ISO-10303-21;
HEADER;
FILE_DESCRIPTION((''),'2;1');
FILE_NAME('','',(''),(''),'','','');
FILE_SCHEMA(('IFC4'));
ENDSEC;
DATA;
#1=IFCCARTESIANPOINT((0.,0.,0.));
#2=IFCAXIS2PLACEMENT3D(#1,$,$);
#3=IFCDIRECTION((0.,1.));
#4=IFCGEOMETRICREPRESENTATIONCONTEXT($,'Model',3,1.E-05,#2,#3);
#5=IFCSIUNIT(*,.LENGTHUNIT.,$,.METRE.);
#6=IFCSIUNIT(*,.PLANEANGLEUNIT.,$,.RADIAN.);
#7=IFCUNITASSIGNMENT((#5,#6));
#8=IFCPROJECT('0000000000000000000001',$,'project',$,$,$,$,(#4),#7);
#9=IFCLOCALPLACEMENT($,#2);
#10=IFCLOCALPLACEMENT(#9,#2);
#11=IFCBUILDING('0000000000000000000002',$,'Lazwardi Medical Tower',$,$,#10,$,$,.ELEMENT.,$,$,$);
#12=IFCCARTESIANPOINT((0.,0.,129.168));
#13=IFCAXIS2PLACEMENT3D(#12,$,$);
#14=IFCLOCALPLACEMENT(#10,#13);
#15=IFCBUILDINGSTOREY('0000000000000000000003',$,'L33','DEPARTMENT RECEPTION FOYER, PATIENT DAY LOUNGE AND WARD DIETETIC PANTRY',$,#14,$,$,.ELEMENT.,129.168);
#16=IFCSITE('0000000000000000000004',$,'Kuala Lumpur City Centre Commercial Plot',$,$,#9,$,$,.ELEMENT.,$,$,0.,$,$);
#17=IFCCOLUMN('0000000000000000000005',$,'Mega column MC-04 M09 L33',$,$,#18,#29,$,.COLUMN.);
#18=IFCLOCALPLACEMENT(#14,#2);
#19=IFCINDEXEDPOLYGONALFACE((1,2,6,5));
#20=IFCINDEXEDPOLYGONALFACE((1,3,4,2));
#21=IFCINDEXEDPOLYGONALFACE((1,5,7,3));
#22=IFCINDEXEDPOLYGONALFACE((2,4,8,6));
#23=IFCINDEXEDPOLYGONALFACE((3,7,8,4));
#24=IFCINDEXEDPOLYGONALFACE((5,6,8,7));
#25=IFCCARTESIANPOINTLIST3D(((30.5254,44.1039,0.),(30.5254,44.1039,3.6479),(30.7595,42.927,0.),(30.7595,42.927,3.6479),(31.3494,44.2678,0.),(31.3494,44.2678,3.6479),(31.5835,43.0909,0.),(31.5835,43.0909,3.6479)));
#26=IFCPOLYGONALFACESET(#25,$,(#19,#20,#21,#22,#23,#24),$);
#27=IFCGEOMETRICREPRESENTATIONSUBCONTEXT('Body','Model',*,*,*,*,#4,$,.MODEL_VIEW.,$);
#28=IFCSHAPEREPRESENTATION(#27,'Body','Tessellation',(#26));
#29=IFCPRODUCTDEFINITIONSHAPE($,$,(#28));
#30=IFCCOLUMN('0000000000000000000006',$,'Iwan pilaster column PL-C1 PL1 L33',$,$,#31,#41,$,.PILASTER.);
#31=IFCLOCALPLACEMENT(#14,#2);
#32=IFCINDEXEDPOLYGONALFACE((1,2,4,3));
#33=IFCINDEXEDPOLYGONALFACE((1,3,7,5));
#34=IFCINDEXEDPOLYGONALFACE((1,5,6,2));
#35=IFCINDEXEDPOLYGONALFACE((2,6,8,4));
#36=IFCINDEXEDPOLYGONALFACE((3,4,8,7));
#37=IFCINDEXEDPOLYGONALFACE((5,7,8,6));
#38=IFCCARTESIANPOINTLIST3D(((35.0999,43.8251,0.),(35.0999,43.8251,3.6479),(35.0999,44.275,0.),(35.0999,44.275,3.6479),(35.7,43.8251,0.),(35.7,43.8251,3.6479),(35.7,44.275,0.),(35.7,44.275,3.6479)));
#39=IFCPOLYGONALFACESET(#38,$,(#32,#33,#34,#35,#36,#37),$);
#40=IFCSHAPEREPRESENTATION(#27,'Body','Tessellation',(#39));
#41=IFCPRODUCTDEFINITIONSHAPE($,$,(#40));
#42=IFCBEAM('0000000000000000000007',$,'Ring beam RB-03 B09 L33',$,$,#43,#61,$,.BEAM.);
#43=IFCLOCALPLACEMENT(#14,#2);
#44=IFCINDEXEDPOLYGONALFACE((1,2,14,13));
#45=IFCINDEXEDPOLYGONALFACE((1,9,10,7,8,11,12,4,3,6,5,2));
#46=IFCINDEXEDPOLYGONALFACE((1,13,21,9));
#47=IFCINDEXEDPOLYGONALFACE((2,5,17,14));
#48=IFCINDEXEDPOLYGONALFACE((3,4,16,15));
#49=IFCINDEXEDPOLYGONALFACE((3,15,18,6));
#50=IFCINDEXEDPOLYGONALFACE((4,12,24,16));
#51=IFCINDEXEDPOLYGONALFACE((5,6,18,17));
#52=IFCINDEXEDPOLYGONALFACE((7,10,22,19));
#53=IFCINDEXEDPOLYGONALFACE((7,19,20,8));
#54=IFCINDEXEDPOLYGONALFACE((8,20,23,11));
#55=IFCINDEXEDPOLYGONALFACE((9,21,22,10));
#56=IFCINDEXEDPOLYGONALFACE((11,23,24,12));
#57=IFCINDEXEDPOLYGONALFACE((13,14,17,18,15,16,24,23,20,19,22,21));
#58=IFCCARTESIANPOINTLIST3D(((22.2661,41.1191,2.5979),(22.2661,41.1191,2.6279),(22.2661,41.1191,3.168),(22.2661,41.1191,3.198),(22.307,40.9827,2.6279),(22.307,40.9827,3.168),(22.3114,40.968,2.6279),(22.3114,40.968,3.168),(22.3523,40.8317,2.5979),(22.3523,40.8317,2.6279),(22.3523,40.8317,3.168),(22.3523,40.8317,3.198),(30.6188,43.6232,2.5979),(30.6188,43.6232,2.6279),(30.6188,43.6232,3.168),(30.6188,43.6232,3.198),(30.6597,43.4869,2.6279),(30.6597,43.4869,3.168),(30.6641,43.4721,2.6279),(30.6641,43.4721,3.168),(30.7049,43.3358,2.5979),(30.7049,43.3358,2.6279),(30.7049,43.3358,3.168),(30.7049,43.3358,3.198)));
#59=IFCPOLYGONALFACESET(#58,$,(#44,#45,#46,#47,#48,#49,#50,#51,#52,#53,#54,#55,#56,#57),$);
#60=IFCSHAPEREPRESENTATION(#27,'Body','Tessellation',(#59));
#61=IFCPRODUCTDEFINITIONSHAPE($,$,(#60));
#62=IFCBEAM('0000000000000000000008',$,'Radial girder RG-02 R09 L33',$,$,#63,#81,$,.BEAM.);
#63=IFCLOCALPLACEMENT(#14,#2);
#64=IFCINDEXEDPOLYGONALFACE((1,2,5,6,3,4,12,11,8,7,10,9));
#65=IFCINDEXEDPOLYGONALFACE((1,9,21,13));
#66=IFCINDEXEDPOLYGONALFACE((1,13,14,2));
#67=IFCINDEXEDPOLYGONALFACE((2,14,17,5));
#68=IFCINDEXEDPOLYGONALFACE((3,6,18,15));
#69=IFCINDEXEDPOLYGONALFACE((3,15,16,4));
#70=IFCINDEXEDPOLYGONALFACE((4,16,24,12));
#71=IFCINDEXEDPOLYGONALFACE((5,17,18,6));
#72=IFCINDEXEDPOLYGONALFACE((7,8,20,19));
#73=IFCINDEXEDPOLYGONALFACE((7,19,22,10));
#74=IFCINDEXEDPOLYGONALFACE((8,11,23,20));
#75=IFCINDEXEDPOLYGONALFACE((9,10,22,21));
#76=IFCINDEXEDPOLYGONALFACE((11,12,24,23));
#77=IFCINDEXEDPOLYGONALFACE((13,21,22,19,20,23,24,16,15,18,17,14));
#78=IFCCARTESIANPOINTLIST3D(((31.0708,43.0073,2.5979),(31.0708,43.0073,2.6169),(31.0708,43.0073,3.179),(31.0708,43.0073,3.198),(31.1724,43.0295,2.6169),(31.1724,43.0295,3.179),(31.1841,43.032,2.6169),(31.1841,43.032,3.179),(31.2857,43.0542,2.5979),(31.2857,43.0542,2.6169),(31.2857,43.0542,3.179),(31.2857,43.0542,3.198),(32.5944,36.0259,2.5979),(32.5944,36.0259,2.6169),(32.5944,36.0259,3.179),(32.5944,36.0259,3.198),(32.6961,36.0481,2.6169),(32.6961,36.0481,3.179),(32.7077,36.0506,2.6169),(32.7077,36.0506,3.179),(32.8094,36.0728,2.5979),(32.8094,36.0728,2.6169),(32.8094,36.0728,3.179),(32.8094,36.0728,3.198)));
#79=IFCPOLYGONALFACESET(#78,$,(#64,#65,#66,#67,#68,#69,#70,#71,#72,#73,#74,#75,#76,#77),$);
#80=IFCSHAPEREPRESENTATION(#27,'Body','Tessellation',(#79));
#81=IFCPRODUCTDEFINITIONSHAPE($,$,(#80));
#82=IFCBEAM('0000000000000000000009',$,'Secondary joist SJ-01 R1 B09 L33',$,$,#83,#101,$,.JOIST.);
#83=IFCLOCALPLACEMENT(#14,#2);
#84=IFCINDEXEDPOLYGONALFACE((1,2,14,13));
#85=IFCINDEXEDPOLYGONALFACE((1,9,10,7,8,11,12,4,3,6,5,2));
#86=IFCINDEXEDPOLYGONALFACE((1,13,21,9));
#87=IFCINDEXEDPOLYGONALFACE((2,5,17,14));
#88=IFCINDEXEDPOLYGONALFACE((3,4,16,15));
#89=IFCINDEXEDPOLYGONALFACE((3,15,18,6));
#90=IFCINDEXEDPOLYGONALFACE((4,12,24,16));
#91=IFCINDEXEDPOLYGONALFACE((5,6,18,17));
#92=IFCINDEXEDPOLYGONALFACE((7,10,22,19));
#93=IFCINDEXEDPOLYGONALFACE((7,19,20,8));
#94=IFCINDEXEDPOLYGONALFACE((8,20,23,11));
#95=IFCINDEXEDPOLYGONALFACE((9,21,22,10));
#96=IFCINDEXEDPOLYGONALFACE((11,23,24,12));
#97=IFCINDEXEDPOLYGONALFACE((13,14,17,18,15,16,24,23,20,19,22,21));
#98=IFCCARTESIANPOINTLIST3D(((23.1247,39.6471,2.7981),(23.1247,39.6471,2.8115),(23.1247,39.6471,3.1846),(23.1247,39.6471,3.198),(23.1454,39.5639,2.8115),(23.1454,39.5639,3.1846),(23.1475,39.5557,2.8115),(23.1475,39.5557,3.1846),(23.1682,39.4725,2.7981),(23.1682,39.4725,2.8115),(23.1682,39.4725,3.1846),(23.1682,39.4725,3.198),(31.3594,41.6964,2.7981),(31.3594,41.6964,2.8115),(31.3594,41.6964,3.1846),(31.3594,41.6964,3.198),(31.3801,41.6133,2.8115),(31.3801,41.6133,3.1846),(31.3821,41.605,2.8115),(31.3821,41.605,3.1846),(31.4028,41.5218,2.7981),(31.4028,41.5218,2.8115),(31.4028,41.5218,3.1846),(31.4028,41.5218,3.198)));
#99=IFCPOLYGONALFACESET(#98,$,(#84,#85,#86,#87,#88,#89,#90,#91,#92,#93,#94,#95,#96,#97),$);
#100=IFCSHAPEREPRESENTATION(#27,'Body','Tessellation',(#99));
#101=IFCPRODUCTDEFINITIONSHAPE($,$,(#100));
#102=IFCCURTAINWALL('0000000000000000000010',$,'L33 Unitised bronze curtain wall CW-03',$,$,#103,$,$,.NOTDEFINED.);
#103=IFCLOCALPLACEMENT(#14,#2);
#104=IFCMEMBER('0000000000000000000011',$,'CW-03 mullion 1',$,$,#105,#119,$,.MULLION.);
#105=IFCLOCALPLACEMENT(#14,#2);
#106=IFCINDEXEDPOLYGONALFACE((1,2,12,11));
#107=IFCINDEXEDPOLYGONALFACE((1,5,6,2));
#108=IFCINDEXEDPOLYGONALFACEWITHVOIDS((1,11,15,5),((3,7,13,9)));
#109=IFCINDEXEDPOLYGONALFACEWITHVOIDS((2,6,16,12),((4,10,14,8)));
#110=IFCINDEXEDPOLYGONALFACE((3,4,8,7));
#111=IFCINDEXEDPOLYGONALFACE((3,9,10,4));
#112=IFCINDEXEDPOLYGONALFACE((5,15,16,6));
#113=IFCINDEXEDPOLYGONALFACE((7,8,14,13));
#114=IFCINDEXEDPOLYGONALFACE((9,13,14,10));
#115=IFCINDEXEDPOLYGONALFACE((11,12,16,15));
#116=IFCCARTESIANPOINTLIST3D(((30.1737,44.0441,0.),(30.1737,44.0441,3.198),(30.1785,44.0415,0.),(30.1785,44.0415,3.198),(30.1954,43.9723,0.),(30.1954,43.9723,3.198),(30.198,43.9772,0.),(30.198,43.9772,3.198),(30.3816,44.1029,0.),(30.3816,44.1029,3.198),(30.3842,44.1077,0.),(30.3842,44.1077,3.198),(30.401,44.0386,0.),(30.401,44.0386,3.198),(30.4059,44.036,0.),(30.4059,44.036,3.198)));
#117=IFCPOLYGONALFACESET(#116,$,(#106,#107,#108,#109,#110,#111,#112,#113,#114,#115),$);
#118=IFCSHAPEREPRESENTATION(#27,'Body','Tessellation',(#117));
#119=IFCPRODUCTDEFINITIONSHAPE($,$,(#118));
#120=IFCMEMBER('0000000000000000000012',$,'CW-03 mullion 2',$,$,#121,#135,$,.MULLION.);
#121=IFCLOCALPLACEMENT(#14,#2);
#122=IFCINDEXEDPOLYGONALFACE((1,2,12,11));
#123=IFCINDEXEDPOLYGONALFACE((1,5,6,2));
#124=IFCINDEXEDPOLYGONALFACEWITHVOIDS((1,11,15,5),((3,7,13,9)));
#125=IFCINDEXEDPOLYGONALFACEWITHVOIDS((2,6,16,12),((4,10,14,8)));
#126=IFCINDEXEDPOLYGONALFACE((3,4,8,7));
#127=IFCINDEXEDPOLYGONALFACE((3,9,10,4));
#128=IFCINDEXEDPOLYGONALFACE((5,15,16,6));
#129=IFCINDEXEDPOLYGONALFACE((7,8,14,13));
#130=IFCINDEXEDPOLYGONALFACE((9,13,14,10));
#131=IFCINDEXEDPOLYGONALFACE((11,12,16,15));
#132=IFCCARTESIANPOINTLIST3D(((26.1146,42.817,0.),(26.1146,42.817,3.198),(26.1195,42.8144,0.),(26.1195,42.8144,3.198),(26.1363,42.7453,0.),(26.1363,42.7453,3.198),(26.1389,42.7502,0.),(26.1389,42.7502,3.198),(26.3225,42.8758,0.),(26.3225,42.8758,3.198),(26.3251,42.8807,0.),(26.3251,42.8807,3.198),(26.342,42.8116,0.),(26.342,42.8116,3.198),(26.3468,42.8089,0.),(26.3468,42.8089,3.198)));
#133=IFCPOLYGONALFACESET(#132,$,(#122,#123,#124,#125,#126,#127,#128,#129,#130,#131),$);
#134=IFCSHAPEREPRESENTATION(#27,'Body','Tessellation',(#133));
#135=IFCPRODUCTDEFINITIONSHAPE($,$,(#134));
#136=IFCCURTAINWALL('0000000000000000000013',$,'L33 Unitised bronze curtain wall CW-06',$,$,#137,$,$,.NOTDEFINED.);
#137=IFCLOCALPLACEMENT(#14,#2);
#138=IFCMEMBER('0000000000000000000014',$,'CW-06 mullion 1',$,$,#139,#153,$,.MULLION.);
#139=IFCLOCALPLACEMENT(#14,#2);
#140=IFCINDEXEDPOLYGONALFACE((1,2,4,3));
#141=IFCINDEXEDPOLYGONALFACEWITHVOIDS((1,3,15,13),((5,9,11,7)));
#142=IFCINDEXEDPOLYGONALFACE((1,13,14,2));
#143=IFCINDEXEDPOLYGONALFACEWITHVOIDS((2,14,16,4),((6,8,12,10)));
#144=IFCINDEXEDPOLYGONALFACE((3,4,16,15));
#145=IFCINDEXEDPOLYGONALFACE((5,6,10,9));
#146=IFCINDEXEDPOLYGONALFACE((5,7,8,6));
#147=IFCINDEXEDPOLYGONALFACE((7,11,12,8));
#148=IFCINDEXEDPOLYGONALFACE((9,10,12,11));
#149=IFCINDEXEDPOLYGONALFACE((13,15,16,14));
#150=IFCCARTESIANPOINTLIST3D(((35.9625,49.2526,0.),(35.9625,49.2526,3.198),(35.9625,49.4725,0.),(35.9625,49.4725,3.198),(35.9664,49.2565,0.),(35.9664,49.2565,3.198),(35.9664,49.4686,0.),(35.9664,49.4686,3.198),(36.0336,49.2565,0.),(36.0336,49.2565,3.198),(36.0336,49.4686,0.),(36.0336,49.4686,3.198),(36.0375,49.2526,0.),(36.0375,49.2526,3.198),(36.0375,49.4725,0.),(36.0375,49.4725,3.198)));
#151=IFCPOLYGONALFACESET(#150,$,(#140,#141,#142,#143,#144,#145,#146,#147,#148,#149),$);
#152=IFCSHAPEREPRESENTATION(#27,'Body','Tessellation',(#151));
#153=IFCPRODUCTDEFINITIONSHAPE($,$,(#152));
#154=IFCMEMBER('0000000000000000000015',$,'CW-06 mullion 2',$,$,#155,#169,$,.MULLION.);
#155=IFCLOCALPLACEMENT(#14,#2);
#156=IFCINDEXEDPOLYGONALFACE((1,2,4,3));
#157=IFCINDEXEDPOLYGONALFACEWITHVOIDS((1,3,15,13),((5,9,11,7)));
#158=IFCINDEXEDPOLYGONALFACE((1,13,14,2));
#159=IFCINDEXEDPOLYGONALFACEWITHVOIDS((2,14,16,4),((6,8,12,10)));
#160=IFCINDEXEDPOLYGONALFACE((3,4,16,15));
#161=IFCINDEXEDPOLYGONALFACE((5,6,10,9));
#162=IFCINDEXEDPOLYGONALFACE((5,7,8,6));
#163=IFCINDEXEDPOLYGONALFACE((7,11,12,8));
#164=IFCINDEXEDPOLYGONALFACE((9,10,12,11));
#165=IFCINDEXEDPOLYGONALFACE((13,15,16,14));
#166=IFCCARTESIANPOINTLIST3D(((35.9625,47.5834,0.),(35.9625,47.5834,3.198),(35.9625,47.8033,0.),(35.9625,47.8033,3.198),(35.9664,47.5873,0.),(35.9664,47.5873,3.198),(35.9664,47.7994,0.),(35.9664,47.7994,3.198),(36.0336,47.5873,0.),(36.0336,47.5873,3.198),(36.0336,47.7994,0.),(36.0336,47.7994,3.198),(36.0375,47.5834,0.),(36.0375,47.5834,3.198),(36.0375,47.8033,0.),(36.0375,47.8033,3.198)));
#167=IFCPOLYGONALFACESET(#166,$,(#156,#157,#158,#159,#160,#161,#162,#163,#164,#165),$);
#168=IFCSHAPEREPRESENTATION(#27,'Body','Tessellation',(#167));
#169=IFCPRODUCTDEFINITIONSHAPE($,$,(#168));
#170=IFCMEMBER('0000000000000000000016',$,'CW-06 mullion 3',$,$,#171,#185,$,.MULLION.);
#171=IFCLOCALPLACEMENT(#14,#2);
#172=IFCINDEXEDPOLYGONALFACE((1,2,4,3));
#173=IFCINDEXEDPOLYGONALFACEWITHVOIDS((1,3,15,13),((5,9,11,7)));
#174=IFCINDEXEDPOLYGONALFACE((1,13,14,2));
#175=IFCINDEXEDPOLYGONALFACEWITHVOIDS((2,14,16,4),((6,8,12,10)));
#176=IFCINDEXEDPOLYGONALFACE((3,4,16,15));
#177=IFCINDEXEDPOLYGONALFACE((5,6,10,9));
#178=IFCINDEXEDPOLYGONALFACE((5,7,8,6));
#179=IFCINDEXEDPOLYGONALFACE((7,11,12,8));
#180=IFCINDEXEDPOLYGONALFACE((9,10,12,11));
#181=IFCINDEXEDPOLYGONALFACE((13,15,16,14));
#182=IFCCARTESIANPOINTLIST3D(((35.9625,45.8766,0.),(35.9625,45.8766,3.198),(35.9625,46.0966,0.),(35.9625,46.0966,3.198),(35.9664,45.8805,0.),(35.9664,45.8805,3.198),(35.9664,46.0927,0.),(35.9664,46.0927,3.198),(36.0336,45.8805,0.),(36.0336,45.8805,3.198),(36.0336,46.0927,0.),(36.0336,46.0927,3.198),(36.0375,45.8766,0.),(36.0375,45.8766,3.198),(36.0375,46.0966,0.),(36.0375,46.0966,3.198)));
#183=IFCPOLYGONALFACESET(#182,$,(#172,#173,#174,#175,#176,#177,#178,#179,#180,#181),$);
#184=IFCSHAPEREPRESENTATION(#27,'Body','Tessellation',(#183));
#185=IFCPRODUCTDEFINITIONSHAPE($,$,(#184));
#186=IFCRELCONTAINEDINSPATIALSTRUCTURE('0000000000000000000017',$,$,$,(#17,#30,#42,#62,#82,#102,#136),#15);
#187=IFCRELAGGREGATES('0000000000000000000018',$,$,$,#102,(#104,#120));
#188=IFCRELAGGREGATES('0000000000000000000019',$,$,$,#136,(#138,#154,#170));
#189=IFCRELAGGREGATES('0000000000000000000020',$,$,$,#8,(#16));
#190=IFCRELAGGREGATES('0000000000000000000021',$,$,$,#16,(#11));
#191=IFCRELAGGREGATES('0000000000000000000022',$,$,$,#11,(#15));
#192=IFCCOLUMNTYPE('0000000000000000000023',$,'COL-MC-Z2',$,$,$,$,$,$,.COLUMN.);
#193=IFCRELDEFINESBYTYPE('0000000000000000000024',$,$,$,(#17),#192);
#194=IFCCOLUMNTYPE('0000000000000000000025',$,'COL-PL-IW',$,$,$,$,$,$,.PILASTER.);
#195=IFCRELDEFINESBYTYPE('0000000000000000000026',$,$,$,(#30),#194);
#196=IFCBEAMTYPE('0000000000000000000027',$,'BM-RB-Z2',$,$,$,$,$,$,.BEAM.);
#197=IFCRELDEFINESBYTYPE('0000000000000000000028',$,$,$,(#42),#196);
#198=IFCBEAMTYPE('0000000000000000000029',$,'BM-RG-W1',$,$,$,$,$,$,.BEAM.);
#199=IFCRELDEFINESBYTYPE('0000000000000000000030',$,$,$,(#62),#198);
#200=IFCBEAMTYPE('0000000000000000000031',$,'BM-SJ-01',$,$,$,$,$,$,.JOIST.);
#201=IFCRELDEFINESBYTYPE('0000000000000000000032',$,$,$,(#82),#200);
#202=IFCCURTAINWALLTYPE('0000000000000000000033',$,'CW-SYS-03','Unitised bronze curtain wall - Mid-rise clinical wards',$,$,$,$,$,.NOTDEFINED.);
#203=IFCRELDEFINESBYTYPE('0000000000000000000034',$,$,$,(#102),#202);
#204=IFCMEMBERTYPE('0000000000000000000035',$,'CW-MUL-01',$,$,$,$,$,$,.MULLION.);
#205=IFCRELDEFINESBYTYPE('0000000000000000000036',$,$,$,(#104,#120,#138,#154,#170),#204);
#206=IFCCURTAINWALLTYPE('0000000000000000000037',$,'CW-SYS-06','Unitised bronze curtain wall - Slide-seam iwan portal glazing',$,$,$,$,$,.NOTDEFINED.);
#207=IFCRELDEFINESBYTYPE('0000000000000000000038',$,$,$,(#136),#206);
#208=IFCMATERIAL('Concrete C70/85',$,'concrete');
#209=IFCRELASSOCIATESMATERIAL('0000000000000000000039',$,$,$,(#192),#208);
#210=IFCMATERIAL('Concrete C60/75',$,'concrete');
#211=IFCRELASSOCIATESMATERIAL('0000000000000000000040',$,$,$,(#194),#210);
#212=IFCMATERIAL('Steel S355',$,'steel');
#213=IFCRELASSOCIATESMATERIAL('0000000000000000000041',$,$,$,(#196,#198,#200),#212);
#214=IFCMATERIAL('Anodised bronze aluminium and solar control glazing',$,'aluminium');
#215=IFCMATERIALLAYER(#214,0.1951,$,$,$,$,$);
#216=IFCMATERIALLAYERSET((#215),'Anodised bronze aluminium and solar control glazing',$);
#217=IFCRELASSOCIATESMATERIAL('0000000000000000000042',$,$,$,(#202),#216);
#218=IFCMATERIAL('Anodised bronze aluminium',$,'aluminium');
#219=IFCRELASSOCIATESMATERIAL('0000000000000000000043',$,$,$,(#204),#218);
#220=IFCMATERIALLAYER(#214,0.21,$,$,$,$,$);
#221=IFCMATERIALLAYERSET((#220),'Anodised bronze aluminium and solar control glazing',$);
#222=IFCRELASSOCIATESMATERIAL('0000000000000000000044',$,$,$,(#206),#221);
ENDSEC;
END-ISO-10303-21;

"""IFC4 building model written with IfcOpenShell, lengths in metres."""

from ifc_helpers import new_model, si_unit, direction, frame, origin, origin_2d, place, context, subcontext, project, spatial, rectangle, hollow_rectangle, i_section, extrude, material, layer, layer_set, material_profile, profile_set, type_object, element, aggregate, save


model = new_model("IFC4")

# Units and contexts
model_context = context("Model", 3, precision=1e-05, world=origin(), true_north=direction((0.0, 1.0)))
body_context = subcontext(model_context, "Body", "Model", "MODEL_VIEW")
ifc_project = project(units=[si_unit("LENGTHUNIT", "METRE"), si_unit("PLANEANGLEUNIT", "RADIAN")], contexts=[model_context])

# Site, building, storey
site_placement = place(None, origin())
site = spatial("IfcSite", under=ifc_project, at=site_placement, Name="Kuala Lumpur City Centre Commercial Plot", CompositionType="ELEMENT", RefElevation=0.0)
building_placement = place(site_placement, origin())
building = spatial("IfcBuilding", under=site, at=building_placement, Name="Lazwardi Medical Tower", CompositionType="ELEMENT")
storey_placement = place(building_placement, frame((0.0, 0.0, 129.168)))
storey = spatial("IfcBuildingStorey", under=building, at=storey_placement, Name="L33", Description="DEPARTMENT RECEPTION FOYER, PATIENT DAY LOUNGE AND WARD DIETETIC PANTRY", CompositionType="ELEMENT", Elevation=129.168)

# Columns
ifc_material_1 = material(Name="Concrete C70/85", Category="concrete")
ifc_material_profile_1 = material_profile(ifc_material_1, rectangle(XDim=1.2, YDim=0.8401, at=origin_2d()), Name="CFT-RECT 1200x840")
ifc_profile_set_1 = profile_set([ifc_material_profile_1], Name="Concrete C70/85")
column_type_1 = type_object("IfcColumnType", Name="COL-MC-Z2", PredefinedType="COLUMN", material=ifc_profile_set_1)
column_1_placement = place(storey_placement, frame((31.0544, 43.5974, 0.0), z_axis=(0.0, 0.0, 1.0), x_axis=(-0.19509, 0.980785, 0.0)))
element("IfcColumn", 1, at=column_1_placement, inside=storey, type_object=column_type_1, Name="Mega column MC-04 M09 L33", PredefinedType="COLUMN", context=body_context, shape_type="SweptSolid", body=[
    extrude(rectangle(XDim=1.2, YDim=0.8401, at=origin_2d()), origin(), (0.0, 0.0, 1.0), 3.6479),
])
ifc_material_2 = material(Name="Concrete C60/75", Category="concrete")
ifc_material_profile_2 = material_profile(ifc_material_2, rectangle(XDim=0.6001, YDim=0.45, at=origin_2d()), Name="RC 600x450")
ifc_profile_set_2 = profile_set([ifc_material_profile_2], Name="Concrete C60/75")
column_type_2 = type_object("IfcColumnType", Name="COL-PL-IW", PredefinedType="PILASTER", material=ifc_profile_set_2)
column_2_placement = place(storey_placement, frame((35.3999, 44.05, 0.0), z_axis=(0.0, 0.0, 1.0), x_axis=(1.0, 0.0, 0.0)))
element("IfcColumn", 2, at=column_2_placement, inside=storey, type_object=column_type_2, Name="Iwan pilaster column PL-C1 PL1 L33", PredefinedType="PILASTER", context=body_context, shape_type="SweptSolid", body=[
    extrude(rectangle(XDim=0.6001, YDim=0.45, at=origin_2d()), origin(), (0.0, 0.0, 1.0), 3.6479),
])

# Beams
ifc_material_3 = material(Name="Steel S355", Category="steel")
ifc_material_profile_3 = material_profile(ifc_material_3, i_section(OverallWidth=0.3, OverallDepth=0.6001, WebThickness=0.0154, FlangeThickness=0.03, at=origin_2d()), Name="HEB 600")
ifc_profile_set_3 = profile_set([ifc_material_profile_3], Name="Steel S355")
beam_type_1 = type_object("IfcBeamType", Name="BM-RB-Z2", PredefinedType="BEAM", material=ifc_profile_set_3)
beam_1_placement = place(storey_placement, frame((30.6619, 43.4795, 2.8979), z_axis=(-0.957879, -0.287171, 0.0), x_axis=(0.287171, -0.957879, 0.0)))
element("IfcBeam", 3, at=beam_1_placement, inside=storey, type_object=beam_type_1, Name="Ring beam RB-03 B09 L33", PredefinedType="BEAM", context=body_context, shape_type="SweptSolid", body=[
    extrude(i_section(OverallWidth=0.3, OverallDepth=0.6001, WebThickness=0.0154, FlangeThickness=0.03, at=origin_2d()), origin(), (0.0, 0.0, 1.0), 8.72),
])
ifc_material_profile_4 = material_profile(ifc_material_3, i_section(OverallWidth=0.22, OverallDepth=0.6001, WebThickness=0.012, FlangeThickness=0.019, at=origin_2d()), Name="IPE 600")
ifc_profile_set_4 = profile_set([ifc_material_profile_4], Name="Steel S355")
beam_type_2 = type_object("IfcBeamType", Name="BM-RG-W1", PredefinedType="BEAM", material=ifc_profile_set_4)
beam_2_placement = place(storey_placement, frame((31.1782, 43.0308, 2.8979), z_axis=(0.213228, -0.977002, 0.0), x_axis=(0.977002, 0.213228, 0.0)))
element("IfcBeam", 4, at=beam_2_placement, inside=storey, type_object=beam_type_2, Name="Radial girder RG-02 R09 L33", PredefinedType="BEAM", context=body_context, shape_type="SweptSolid", body=[
    extrude(i_section(OverallWidth=0.22, OverallDepth=0.6001, WebThickness=0.012, FlangeThickness=0.019, at=origin_2d()), origin(), (0.0, 0.0, 1.0), 7.1458),
])
ifc_material_profile_5 = material_profile(ifc_material_3, i_section(OverallWidth=0.1799, OverallDepth=0.3999, WebThickness=0.0085, FlangeThickness=0.0134, at=origin_2d()), Name="IPE 400")
ifc_profile_set_5 = profile_set([ifc_material_profile_5], Name="Steel S355")
beam_type_3 = type_object("IfcBeamType", Name="BM-SJ-01", PredefinedType="JOIST", material=ifc_profile_set_5)
beam_3_placement = place(storey_placement, frame((31.3811, 41.6091, 2.998), z_axis=(-0.970401, -0.2415, 0.0), x_axis=(0.2415, -0.970401, 0.0)))
element("IfcBeam", 5, at=beam_3_placement, inside=storey, type_object=beam_type_3, Name="Secondary joist SJ-01 R1 B09 L33", PredefinedType="JOIST", context=body_context, shape_type="SweptSolid", body=[
    extrude(i_section(OverallWidth=0.1799, OverallDepth=0.3999, WebThickness=0.0085, FlangeThickness=0.0134, at=origin_2d()), origin(), (0.0, 0.0, 1.0), 8.4858),
])

# Curtain walls, members
ifc_material_4 = material(Name="Anodised bronze aluminium and solar control glazing", Category="aluminium")
ifc_layer_1 = layer(ifc_material_4, 0.1951)
ifc_layer_set_1 = layer_set([ifc_layer_1], Name="Anodised bronze aluminium and solar control glazing")
curtain_wall_type_1 = type_object("IfcCurtainWallType", Name="CW-SYS-03", Description="Unitised bronze curtain wall - Mid-rise clinical wards", PredefinedType="NOTDEFINED", material=ifc_layer_set_1)
curtain_wall_1_placement = place(storey_placement, origin())
curtain_wall_1 = element("IfcCurtainWall", 6, at=curtain_wall_1_placement, inside=storey, type_object=curtain_wall_type_1, Name="L33 Unitised bronze curtain wall CW-03", PredefinedType="NOTDEFINED")
ifc_material_5 = material(Name="Anodised bronze aluminium", Category="aluminium")
ifc_material_profile_6 = material_profile(ifc_material_5, hollow_rectangle(XDim=0.075, YDim=0.22, WallThickness=0.0039, at=origin_2d()), Name="ALU-MULLION 220x75x4")
ifc_profile_set_6 = profile_set([ifc_material_profile_6], Name="Anodised bronze aluminium")
member_type_1 = type_object("IfcMemberType", Name="CW-MUL-01", PredefinedType="MULLION", material=ifc_profile_set_6)
member_1_placement = place(storey_placement, frame((30.2898, 44.04, 0.0), z_axis=(0.0, 0.0, 1.0), x_axis=(0.289374, -0.957216, 0.0)))
member_1 = element("IfcMember", 7, at=member_1_placement, type_object=member_type_1, Name="CW-03 mullion 1", PredefinedType="MULLION", context=body_context, shape_type="SweptSolid", body=[
    extrude(hollow_rectangle(XDim=0.075, YDim=0.22, WallThickness=0.0039, at=origin_2d()), origin(), (0.0, 0.0, 1.0), 3.198),
])
member_2_placement = place(storey_placement, frame((26.2307, 42.813, 0.0), z_axis=(0.0, 0.0, 1.0), x_axis=(0.289374, -0.957216, 0.0)))
member_2 = element("IfcMember", 8, at=member_2_placement, type_object=member_type_1, Name="CW-03 mullion 2", PredefinedType="MULLION", context=body_context, shape_type="SweptSolid", body=[
    extrude(hollow_rectangle(XDim=0.075, YDim=0.22, WallThickness=0.0039, at=origin_2d()), origin(), (0.0, 0.0, 1.0), 3.198),
])
ifc_layer_2 = layer(ifc_material_4, 0.21)
ifc_layer_set_2 = layer_set([ifc_layer_2], Name="Anodised bronze aluminium and solar control glazing")
curtain_wall_type_2 = type_object("IfcCurtainWallType", Name="CW-SYS-06", Description="Unitised bronze curtain wall - Slide-seam iwan portal glazing", PredefinedType="NOTDEFINED", material=ifc_layer_set_2)
curtain_wall_2_placement = place(storey_placement, origin())
curtain_wall_2 = element("IfcCurtainWall", 9, at=curtain_wall_2_placement, inside=storey, type_object=curtain_wall_type_2, Name="L33 Unitised bronze curtain wall CW-06", PredefinedType="NOTDEFINED")
member_3_placement = place(storey_placement, frame((36.0, 49.3625, 0.0), z_axis=(0.0, 0.0, 1.0), x_axis=(1.0, 0.0, 0.0)))
member_3 = element("IfcMember", 10, at=member_3_placement, type_object=member_type_1, Name="CW-06 mullion 1", PredefinedType="MULLION", context=body_context, shape_type="SweptSolid", body=[
    extrude(hollow_rectangle(XDim=0.075, YDim=0.22, WallThickness=0.0039, at=origin_2d()), origin(), (0.0, 0.0, 1.0), 3.198),
])
member_4_placement = place(storey_placement, frame((36.0, 47.6934, 0.0), z_axis=(0.0, 0.0, 1.0), x_axis=(1.0, 0.0, 0.0)))
member_4 = element("IfcMember", 11, at=member_4_placement, type_object=member_type_1, Name="CW-06 mullion 2", PredefinedType="MULLION", context=body_context, shape_type="SweptSolid", body=[
    extrude(hollow_rectangle(XDim=0.075, YDim=0.22, WallThickness=0.0039, at=origin_2d()), origin(), (0.0, 0.0, 1.0), 3.198),
])
member_5_placement = place(storey_placement, frame((36.0, 45.9866, 0.0), z_axis=(0.0, 0.0, 1.0), x_axis=(1.0, 0.0, 0.0)))
member_5 = element("IfcMember", 12, at=member_5_placement, type_object=member_type_1, Name="CW-06 mullion 3", PredefinedType="MULLION", context=body_context, shape_type="SweptSolid", body=[
    extrude(hollow_rectangle(XDim=0.075, YDim=0.22, WallThickness=0.0039, at=origin_2d()), origin(), (0.0, 0.0, 1.0), 3.198),
])

aggregate(curtain_wall_1, [member_1, member_2])
aggregate(curtain_wall_2, [member_3, member_4, member_5])

save(model, "model.ifc")
